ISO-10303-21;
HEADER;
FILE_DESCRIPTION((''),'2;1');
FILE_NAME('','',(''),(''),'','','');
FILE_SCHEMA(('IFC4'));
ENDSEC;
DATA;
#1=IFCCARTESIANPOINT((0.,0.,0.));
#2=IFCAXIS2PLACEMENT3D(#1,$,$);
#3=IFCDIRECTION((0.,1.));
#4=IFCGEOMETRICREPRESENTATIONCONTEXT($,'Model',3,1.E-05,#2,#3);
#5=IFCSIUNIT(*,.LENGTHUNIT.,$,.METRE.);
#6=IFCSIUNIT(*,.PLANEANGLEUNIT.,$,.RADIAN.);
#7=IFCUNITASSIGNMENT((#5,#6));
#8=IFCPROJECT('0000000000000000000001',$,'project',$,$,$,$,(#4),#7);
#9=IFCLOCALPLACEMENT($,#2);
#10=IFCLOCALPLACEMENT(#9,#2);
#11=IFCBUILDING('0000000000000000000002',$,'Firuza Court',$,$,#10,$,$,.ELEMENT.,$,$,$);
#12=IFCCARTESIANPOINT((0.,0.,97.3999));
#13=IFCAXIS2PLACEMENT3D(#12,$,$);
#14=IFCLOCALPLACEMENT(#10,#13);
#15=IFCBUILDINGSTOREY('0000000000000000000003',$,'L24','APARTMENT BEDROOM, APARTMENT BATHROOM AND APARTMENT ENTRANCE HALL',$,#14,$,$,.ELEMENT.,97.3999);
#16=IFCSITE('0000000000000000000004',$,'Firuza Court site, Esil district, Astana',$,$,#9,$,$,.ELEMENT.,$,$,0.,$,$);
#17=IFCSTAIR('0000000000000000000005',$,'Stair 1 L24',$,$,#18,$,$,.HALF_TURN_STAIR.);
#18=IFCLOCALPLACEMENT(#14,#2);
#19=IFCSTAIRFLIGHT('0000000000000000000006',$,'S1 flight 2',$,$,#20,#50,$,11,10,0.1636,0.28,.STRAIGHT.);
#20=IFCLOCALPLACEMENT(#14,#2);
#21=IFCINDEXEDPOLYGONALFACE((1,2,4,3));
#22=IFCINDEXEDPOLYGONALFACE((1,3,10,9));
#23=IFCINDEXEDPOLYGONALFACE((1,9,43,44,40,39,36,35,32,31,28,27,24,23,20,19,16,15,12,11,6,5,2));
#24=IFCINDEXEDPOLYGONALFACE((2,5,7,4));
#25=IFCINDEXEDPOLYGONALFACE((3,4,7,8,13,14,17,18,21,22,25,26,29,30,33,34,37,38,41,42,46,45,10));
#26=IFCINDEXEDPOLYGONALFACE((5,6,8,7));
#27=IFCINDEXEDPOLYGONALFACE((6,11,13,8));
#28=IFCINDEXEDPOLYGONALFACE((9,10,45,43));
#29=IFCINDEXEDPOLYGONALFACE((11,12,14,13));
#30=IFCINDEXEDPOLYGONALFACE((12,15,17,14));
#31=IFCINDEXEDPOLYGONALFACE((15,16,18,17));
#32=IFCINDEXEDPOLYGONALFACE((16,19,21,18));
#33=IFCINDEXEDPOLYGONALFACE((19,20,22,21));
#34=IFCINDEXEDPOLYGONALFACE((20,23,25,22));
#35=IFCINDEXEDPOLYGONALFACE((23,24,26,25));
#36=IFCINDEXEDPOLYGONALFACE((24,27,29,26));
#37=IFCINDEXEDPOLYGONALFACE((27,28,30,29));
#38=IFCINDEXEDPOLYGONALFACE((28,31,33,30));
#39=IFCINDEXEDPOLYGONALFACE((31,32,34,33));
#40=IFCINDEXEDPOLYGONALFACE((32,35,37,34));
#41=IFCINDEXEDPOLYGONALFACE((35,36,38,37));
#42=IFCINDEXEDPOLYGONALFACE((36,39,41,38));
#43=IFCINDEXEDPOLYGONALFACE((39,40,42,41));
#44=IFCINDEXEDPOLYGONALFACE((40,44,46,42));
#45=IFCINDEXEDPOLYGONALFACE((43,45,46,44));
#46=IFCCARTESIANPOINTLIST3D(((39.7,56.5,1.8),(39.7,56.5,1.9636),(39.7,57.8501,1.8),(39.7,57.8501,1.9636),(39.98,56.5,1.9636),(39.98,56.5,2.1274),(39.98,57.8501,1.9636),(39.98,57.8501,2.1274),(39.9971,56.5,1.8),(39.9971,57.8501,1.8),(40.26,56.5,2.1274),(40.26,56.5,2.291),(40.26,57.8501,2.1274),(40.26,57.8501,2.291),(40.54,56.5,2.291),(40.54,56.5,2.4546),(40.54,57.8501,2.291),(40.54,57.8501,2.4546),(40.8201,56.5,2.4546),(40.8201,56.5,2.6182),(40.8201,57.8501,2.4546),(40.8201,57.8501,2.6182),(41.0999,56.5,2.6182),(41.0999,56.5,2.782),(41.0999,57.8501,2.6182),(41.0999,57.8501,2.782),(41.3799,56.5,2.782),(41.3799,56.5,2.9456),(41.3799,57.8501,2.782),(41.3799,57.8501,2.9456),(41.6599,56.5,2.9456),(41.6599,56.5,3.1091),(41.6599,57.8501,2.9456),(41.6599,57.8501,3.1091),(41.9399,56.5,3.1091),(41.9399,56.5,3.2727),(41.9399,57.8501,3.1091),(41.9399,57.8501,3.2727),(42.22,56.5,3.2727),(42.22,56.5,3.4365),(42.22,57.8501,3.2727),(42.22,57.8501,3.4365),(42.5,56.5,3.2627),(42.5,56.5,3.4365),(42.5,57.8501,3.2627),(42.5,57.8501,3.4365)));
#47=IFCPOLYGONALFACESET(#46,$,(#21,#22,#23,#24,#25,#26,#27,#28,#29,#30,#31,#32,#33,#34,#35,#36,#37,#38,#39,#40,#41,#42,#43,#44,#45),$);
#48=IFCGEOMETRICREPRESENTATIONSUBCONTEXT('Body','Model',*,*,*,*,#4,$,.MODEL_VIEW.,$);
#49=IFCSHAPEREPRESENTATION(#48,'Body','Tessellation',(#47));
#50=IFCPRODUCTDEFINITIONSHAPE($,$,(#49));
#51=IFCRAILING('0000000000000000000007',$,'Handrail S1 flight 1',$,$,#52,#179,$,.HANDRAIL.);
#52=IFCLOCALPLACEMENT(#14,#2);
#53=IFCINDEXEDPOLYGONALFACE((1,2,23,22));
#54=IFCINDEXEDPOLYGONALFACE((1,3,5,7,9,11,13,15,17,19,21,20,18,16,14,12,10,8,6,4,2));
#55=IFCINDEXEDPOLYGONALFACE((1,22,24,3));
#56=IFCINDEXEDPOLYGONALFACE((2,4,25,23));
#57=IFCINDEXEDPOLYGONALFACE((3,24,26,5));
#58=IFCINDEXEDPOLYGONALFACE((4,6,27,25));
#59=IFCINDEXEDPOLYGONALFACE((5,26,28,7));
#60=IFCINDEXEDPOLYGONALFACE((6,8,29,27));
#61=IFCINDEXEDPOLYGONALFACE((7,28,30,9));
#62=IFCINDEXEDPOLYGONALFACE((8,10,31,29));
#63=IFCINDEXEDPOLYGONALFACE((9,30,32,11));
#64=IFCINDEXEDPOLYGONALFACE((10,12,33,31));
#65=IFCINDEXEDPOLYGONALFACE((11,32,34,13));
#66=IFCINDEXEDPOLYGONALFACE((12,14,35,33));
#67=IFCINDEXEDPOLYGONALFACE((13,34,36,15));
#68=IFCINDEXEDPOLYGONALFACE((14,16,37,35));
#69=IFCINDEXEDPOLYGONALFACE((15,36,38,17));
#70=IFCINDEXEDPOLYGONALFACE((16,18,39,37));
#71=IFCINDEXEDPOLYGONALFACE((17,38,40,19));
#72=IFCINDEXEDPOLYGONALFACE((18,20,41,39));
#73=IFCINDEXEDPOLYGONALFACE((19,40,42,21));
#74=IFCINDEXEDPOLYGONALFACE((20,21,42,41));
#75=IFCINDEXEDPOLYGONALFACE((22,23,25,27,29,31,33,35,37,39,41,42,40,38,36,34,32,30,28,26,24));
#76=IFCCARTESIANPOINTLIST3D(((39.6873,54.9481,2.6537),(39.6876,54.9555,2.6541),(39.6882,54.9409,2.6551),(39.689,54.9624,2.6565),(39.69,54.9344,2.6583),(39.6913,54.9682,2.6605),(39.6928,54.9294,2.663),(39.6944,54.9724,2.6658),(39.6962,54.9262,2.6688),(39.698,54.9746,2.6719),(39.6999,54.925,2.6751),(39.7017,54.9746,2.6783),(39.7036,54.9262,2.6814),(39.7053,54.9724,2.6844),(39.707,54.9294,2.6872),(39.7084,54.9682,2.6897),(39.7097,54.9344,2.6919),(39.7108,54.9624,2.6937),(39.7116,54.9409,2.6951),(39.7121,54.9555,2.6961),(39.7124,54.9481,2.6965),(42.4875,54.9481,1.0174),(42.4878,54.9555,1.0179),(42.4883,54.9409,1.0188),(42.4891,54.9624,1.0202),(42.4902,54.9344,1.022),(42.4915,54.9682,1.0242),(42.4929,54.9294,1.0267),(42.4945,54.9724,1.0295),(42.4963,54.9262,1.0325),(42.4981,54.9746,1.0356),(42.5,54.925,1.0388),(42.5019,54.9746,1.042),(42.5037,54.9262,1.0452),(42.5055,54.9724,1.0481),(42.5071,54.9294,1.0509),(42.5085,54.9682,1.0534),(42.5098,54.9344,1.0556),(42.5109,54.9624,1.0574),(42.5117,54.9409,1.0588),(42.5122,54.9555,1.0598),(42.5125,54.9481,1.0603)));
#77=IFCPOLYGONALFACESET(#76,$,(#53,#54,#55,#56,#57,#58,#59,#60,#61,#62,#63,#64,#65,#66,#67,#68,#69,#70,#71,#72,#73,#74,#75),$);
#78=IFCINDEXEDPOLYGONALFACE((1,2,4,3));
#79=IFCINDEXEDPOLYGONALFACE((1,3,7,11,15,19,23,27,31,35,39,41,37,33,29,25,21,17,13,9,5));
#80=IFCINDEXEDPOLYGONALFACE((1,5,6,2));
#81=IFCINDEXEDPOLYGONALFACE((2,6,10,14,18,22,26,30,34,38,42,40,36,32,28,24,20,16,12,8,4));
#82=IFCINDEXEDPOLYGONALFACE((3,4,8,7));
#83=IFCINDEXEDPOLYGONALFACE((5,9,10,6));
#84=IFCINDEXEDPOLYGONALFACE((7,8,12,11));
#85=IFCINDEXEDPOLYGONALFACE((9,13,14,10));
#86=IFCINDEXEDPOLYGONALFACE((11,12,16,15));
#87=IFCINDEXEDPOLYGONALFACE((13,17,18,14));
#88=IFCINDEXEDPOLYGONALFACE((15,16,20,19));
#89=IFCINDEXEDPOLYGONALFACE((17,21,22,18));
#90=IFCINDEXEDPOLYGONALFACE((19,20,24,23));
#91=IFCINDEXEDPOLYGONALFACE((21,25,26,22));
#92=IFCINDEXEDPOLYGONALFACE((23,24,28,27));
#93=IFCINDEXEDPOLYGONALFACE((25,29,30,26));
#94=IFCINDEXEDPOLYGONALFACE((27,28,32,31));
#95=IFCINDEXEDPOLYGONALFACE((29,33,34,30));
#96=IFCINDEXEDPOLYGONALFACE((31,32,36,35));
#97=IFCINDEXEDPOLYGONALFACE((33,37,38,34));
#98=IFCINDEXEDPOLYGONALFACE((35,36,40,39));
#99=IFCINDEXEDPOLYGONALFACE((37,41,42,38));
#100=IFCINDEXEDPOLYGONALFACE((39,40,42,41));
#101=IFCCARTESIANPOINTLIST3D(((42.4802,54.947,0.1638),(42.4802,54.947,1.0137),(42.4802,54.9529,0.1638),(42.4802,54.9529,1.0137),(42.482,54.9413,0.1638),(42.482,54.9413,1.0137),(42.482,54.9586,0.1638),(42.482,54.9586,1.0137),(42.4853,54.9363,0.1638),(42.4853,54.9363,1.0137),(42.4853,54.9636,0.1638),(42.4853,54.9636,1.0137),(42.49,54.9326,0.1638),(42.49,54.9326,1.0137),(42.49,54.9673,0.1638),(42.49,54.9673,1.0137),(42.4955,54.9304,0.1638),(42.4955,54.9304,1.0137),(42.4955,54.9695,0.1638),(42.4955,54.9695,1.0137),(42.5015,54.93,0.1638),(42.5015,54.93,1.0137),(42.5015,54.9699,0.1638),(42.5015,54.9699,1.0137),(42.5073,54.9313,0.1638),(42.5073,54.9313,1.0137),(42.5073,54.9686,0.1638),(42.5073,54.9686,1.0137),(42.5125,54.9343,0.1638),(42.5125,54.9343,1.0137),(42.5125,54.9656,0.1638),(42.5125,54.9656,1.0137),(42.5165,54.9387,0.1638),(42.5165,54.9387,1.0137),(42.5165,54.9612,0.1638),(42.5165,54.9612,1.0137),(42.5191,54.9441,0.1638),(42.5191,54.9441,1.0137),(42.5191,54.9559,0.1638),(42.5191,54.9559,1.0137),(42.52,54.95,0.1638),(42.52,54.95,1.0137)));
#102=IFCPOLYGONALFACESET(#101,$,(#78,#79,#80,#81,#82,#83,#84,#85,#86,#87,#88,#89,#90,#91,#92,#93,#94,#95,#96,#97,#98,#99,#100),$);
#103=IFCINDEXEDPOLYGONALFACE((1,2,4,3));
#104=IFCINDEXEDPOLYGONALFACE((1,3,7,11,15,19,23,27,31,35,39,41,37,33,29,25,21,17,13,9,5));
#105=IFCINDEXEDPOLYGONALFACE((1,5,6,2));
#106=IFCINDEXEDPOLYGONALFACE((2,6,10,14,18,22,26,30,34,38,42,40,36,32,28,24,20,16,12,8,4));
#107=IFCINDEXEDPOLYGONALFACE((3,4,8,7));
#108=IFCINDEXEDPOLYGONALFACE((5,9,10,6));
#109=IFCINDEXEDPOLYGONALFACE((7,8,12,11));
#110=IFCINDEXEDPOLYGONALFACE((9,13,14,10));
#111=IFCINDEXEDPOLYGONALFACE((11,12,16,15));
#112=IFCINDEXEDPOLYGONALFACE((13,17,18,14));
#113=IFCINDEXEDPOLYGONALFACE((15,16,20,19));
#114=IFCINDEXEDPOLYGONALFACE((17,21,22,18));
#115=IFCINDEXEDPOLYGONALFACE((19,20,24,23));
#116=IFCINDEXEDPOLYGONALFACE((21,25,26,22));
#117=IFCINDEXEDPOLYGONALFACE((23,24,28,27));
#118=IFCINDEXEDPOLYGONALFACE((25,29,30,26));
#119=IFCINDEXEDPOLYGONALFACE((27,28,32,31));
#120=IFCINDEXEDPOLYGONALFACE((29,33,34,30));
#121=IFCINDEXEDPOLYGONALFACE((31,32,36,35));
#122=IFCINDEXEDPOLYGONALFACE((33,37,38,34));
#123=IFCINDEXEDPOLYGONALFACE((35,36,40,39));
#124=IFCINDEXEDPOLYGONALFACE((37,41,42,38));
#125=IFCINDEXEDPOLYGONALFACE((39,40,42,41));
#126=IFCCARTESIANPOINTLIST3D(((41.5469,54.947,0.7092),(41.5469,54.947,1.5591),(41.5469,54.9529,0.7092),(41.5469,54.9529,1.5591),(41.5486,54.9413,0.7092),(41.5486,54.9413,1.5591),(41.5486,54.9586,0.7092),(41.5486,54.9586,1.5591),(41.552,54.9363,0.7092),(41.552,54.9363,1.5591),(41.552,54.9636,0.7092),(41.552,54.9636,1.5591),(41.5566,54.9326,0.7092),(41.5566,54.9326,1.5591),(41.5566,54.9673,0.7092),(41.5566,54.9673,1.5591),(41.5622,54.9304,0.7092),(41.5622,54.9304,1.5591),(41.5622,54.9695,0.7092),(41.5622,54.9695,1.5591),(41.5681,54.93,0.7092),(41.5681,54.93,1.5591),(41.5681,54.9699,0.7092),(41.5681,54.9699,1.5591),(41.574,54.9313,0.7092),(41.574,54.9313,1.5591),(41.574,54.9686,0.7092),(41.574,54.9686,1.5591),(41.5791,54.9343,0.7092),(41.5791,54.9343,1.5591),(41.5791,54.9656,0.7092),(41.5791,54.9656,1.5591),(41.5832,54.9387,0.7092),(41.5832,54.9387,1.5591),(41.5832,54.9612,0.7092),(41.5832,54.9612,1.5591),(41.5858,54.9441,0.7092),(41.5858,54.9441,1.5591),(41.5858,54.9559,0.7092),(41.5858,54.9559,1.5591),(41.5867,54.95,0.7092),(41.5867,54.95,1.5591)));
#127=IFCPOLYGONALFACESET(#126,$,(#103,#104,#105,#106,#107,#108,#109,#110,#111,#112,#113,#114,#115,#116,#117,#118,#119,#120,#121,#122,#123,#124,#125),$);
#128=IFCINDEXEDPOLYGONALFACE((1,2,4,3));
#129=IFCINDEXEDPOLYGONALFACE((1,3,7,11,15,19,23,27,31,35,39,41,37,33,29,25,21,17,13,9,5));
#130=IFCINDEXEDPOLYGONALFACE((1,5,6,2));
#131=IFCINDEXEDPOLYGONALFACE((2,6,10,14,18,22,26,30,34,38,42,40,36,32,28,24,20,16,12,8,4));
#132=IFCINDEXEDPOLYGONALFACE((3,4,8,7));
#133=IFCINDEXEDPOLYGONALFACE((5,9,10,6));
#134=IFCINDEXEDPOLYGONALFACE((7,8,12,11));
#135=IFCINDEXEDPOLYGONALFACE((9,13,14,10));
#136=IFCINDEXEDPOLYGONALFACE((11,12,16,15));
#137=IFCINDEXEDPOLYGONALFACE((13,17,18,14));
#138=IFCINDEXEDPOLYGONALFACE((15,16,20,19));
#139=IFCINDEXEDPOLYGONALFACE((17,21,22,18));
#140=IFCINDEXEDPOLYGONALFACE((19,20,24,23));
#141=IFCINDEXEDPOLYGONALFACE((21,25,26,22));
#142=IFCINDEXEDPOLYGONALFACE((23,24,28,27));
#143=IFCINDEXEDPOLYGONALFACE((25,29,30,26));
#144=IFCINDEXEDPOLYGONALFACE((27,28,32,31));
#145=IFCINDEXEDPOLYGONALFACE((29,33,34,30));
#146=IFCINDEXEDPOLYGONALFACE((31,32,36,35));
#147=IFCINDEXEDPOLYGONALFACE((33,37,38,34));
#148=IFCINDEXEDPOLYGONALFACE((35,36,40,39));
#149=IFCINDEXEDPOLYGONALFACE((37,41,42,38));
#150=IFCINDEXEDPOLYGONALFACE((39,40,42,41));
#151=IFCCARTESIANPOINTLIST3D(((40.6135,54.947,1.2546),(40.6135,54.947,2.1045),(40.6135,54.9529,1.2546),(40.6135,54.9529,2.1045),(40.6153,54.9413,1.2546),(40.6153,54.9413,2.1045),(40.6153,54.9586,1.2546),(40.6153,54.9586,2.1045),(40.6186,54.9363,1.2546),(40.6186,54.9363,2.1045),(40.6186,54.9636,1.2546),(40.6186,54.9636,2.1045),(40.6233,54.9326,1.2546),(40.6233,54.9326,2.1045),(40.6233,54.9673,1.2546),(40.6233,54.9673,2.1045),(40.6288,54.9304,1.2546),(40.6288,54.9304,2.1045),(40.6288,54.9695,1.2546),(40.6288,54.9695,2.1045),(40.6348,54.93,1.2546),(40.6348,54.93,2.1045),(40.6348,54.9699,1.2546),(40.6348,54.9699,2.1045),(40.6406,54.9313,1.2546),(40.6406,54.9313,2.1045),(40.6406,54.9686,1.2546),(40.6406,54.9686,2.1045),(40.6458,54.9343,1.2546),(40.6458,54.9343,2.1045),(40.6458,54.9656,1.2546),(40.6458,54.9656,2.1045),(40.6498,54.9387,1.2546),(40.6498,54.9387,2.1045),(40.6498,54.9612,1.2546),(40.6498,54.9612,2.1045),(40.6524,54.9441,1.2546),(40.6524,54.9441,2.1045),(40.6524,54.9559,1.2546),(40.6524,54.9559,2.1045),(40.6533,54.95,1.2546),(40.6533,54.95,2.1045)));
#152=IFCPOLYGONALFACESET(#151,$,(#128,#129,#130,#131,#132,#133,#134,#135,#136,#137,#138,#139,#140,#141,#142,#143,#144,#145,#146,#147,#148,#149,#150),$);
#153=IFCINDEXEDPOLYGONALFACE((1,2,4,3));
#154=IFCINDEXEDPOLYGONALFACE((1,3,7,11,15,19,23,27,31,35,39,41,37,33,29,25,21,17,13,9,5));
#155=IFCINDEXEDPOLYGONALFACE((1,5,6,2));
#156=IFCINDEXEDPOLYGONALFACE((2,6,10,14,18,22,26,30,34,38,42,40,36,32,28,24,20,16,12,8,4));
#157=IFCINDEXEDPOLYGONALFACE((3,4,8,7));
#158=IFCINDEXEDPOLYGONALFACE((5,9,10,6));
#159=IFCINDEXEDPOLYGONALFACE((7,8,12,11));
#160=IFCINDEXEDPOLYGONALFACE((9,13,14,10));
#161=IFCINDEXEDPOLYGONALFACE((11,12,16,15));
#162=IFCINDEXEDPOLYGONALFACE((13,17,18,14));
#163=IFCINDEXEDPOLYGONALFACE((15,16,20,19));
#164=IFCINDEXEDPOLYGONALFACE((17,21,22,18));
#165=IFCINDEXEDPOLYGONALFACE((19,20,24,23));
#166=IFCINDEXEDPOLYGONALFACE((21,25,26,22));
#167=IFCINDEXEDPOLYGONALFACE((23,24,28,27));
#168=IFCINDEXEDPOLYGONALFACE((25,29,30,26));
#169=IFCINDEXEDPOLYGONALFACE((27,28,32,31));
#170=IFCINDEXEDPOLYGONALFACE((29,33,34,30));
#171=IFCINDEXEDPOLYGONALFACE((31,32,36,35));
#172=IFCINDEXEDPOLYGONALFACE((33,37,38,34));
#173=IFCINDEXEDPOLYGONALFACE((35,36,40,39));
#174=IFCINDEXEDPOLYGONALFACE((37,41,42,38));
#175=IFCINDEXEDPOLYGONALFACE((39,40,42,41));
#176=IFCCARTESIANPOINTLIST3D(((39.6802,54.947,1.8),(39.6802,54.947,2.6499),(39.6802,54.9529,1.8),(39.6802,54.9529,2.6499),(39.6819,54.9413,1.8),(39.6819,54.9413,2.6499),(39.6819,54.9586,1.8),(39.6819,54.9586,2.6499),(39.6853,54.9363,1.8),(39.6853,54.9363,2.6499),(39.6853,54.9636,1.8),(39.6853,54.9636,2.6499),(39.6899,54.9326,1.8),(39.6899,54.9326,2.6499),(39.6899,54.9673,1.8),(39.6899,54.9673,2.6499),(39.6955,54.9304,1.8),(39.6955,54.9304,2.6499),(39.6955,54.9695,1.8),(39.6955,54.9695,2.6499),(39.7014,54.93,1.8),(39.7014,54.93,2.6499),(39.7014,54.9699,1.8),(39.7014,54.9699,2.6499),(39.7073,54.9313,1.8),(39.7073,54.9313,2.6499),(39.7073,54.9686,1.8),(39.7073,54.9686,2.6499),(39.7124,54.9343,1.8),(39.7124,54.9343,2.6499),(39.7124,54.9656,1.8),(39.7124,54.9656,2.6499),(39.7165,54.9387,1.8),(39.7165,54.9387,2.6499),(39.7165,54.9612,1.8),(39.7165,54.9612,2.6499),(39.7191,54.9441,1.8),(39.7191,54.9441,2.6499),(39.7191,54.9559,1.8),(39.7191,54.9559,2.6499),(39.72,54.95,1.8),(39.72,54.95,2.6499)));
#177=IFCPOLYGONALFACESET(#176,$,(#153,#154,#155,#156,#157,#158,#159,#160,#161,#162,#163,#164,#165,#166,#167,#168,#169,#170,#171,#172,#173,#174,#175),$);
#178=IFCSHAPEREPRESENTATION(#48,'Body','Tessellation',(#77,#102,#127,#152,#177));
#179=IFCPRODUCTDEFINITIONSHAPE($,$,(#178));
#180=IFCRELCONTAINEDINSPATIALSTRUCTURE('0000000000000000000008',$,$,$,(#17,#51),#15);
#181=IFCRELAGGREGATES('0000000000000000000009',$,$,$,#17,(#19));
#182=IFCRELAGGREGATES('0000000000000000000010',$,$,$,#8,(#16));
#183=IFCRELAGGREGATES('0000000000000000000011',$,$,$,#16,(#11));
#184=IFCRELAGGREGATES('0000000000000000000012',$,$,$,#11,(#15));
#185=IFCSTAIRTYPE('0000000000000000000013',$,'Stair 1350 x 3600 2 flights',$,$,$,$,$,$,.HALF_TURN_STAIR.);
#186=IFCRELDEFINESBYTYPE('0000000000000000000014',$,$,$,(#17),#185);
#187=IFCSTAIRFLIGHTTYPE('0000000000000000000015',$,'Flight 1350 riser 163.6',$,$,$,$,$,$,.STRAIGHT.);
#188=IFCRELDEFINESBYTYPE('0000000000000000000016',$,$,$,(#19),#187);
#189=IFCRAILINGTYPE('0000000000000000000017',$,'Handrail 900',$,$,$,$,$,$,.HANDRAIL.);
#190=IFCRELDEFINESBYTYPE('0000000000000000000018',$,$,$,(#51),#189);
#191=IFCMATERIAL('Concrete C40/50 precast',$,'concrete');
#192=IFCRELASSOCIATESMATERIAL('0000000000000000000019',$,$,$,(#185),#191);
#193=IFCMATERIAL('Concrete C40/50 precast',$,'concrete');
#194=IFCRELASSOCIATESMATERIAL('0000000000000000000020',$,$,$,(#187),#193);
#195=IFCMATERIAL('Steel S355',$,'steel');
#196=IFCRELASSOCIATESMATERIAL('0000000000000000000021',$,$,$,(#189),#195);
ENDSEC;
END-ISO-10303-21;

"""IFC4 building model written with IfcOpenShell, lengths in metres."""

from ifc_helpers import new_model, si_unit, direction, frame, origin, origin_2d, place, context, subcontext, project, spatial, polyline, circle, outline, extrude, material, type_object, element, aggregate, save


model = new_model("IFC4")

# Units and contexts
model_context = context("Model", 3, precision=1e-05, world=origin(), true_north=direction((0.0, 1.0)))
body_context = subcontext(model_context, "Body", "Model", "MODEL_VIEW")
ifc_project = project(units=[si_unit("LENGTHUNIT", "METRE"), si_unit("PLANEANGLEUNIT", "RADIAN")], contexts=[model_context])

# Site, building, storey
site_placement = place(None, origin())
site = spatial("IfcSite", under=ifc_project, at=site_placement, Name="Firuza Court site, Esil district, Astana", CompositionType="ELEMENT", RefElevation=0.0)
building_placement = place(site_placement, origin())
building = spatial("IfcBuilding", under=site, at=building_placement, Name="Firuza Court", CompositionType="ELEMENT")
storey_placement = place(building_placement, frame((0.0, 0.0, 97.3999)))
storey = spatial("IfcBuildingStorey", under=building, at=storey_placement, Name="L24", Description="APARTMENT BEDROOM, APARTMENT BATHROOM AND APARTMENT ENTRANCE HALL", CompositionType="ELEMENT", Elevation=97.3999)

# Stair, stair flight
ifc_material_1 = material(Name="Concrete C40/50 precast", Category="concrete")
stair_type = type_object("IfcStairType", Name="Stair 1350 x 3600 2 flights", PredefinedType="HALF_TURN_STAIR", material=ifc_material_1)
stair_placement = place(storey_placement, origin())
stair = element("IfcStair", 1, at=stair_placement, inside=storey, type_object=stair_type, Name="Stair 1 L24", PredefinedType="HALF_TURN_STAIR")
ifc_material_2 = material(Name="Concrete C40/50 precast", Category="concrete")
stair_flight_type = type_object("IfcStairFlightType", Name="Flight 1350 riser 163.6", PredefinedType="STRAIGHT", material=ifc_material_2)
stair_flight_1_placement = place(storey_placement, frame((39.7, 57.175, 1.8), z_axis=(0.0, 0.0, 1.0), x_axis=(1.0, 0.0, 0.0)))
stair_flight_1 = element("IfcStairFlight", 2, at=stair_flight_1_placement, type_object=stair_flight_type, Name="S1 flight 2", NumberOfRisers=11, NumberOfTreads=10, PredefinedType="STRAIGHT", RiserHeight=0.1636, TreadLength=0.28, context=body_context, shape_type="SweptSolid", body=[
    extrude(outline(polyline([(0.0, 0.0), (0.0, 0.1636), (0.28, 0.1636), (0.28, 0.3274), (0.5601, 0.3274), (0.5601, 0.491), (0.8401, 0.491), (0.8401, 0.6545), (1.1201, 0.6545), (1.1201, 0.8181), (1.3999, 0.8181), (1.3999, 0.9819), (1.6799, 0.9819), (1.6799, 1.1455), (1.96, 1.1455), (1.96, 1.3091), (2.24, 1.3091), (2.24, 1.4727), (2.52, 1.4727), (2.52, 1.6365), (2.8, 1.6365), (2.8, 1.8), (2.8, 1.4626), (0.2971, 0.0), (0.0, 0.0)])), frame((0.0, 0.675, 0.0), z_axis=(0.0, -1.0, 0.0), x_axis=(1.0, 0.0, 0.0)), (0.0, 0.0, 1.0), 1.3501),
])
aggregate(stair, [stair_flight_1])

# Railing
ifc_material_3 = material(Name="Steel S355", Category="steel")
railing_type_1 = type_object("IfcRailingType", Name="Handrail 900", PredefinedType="HANDRAIL", material=ifc_material_3)
railing_1_placement = place(storey_placement, frame((42.5, 54.95, 0.1638)))
element("IfcRailing", 3, at=railing_1_placement, inside=storey, type_object=railing_type_1, Name="Handrail S1 flight 1", PredefinedType="HANDRAIL", context=body_context, shape_type="SweptSolid", body=[
    extrude(circle(Radius=0.0249, at=origin_2d()), frame((0.0, 0.0, 0.875), z_axis=(-0.863394, 0.0, 0.504531), x_axis=(0.0, -1.0, 0.0)), (0.0, 0.0, 1.0), 3.2432),
    extrude(circle(Radius=0.02, at=origin_2d()), origin(), (0.0, 0.0, 1.0), 0.8499),
    extrude(circle(Radius=0.02, at=origin_2d()), frame((-0.9333, 0.0, 0.5454)), (0.0, 0.0, 1.0), 0.8499),
    extrude(circle(Radius=0.02, at=origin_2d()), frame((-1.8667, 0.0, 1.0908)), (0.0, 0.0, 1.0), 0.8499),
    extrude(circle(Radius=0.02, at=origin_2d()), frame((-2.8, 0.0, 1.6362)), (0.0, 0.0, 1.0), 0.8499),
])

save(model, "model.ifc")
